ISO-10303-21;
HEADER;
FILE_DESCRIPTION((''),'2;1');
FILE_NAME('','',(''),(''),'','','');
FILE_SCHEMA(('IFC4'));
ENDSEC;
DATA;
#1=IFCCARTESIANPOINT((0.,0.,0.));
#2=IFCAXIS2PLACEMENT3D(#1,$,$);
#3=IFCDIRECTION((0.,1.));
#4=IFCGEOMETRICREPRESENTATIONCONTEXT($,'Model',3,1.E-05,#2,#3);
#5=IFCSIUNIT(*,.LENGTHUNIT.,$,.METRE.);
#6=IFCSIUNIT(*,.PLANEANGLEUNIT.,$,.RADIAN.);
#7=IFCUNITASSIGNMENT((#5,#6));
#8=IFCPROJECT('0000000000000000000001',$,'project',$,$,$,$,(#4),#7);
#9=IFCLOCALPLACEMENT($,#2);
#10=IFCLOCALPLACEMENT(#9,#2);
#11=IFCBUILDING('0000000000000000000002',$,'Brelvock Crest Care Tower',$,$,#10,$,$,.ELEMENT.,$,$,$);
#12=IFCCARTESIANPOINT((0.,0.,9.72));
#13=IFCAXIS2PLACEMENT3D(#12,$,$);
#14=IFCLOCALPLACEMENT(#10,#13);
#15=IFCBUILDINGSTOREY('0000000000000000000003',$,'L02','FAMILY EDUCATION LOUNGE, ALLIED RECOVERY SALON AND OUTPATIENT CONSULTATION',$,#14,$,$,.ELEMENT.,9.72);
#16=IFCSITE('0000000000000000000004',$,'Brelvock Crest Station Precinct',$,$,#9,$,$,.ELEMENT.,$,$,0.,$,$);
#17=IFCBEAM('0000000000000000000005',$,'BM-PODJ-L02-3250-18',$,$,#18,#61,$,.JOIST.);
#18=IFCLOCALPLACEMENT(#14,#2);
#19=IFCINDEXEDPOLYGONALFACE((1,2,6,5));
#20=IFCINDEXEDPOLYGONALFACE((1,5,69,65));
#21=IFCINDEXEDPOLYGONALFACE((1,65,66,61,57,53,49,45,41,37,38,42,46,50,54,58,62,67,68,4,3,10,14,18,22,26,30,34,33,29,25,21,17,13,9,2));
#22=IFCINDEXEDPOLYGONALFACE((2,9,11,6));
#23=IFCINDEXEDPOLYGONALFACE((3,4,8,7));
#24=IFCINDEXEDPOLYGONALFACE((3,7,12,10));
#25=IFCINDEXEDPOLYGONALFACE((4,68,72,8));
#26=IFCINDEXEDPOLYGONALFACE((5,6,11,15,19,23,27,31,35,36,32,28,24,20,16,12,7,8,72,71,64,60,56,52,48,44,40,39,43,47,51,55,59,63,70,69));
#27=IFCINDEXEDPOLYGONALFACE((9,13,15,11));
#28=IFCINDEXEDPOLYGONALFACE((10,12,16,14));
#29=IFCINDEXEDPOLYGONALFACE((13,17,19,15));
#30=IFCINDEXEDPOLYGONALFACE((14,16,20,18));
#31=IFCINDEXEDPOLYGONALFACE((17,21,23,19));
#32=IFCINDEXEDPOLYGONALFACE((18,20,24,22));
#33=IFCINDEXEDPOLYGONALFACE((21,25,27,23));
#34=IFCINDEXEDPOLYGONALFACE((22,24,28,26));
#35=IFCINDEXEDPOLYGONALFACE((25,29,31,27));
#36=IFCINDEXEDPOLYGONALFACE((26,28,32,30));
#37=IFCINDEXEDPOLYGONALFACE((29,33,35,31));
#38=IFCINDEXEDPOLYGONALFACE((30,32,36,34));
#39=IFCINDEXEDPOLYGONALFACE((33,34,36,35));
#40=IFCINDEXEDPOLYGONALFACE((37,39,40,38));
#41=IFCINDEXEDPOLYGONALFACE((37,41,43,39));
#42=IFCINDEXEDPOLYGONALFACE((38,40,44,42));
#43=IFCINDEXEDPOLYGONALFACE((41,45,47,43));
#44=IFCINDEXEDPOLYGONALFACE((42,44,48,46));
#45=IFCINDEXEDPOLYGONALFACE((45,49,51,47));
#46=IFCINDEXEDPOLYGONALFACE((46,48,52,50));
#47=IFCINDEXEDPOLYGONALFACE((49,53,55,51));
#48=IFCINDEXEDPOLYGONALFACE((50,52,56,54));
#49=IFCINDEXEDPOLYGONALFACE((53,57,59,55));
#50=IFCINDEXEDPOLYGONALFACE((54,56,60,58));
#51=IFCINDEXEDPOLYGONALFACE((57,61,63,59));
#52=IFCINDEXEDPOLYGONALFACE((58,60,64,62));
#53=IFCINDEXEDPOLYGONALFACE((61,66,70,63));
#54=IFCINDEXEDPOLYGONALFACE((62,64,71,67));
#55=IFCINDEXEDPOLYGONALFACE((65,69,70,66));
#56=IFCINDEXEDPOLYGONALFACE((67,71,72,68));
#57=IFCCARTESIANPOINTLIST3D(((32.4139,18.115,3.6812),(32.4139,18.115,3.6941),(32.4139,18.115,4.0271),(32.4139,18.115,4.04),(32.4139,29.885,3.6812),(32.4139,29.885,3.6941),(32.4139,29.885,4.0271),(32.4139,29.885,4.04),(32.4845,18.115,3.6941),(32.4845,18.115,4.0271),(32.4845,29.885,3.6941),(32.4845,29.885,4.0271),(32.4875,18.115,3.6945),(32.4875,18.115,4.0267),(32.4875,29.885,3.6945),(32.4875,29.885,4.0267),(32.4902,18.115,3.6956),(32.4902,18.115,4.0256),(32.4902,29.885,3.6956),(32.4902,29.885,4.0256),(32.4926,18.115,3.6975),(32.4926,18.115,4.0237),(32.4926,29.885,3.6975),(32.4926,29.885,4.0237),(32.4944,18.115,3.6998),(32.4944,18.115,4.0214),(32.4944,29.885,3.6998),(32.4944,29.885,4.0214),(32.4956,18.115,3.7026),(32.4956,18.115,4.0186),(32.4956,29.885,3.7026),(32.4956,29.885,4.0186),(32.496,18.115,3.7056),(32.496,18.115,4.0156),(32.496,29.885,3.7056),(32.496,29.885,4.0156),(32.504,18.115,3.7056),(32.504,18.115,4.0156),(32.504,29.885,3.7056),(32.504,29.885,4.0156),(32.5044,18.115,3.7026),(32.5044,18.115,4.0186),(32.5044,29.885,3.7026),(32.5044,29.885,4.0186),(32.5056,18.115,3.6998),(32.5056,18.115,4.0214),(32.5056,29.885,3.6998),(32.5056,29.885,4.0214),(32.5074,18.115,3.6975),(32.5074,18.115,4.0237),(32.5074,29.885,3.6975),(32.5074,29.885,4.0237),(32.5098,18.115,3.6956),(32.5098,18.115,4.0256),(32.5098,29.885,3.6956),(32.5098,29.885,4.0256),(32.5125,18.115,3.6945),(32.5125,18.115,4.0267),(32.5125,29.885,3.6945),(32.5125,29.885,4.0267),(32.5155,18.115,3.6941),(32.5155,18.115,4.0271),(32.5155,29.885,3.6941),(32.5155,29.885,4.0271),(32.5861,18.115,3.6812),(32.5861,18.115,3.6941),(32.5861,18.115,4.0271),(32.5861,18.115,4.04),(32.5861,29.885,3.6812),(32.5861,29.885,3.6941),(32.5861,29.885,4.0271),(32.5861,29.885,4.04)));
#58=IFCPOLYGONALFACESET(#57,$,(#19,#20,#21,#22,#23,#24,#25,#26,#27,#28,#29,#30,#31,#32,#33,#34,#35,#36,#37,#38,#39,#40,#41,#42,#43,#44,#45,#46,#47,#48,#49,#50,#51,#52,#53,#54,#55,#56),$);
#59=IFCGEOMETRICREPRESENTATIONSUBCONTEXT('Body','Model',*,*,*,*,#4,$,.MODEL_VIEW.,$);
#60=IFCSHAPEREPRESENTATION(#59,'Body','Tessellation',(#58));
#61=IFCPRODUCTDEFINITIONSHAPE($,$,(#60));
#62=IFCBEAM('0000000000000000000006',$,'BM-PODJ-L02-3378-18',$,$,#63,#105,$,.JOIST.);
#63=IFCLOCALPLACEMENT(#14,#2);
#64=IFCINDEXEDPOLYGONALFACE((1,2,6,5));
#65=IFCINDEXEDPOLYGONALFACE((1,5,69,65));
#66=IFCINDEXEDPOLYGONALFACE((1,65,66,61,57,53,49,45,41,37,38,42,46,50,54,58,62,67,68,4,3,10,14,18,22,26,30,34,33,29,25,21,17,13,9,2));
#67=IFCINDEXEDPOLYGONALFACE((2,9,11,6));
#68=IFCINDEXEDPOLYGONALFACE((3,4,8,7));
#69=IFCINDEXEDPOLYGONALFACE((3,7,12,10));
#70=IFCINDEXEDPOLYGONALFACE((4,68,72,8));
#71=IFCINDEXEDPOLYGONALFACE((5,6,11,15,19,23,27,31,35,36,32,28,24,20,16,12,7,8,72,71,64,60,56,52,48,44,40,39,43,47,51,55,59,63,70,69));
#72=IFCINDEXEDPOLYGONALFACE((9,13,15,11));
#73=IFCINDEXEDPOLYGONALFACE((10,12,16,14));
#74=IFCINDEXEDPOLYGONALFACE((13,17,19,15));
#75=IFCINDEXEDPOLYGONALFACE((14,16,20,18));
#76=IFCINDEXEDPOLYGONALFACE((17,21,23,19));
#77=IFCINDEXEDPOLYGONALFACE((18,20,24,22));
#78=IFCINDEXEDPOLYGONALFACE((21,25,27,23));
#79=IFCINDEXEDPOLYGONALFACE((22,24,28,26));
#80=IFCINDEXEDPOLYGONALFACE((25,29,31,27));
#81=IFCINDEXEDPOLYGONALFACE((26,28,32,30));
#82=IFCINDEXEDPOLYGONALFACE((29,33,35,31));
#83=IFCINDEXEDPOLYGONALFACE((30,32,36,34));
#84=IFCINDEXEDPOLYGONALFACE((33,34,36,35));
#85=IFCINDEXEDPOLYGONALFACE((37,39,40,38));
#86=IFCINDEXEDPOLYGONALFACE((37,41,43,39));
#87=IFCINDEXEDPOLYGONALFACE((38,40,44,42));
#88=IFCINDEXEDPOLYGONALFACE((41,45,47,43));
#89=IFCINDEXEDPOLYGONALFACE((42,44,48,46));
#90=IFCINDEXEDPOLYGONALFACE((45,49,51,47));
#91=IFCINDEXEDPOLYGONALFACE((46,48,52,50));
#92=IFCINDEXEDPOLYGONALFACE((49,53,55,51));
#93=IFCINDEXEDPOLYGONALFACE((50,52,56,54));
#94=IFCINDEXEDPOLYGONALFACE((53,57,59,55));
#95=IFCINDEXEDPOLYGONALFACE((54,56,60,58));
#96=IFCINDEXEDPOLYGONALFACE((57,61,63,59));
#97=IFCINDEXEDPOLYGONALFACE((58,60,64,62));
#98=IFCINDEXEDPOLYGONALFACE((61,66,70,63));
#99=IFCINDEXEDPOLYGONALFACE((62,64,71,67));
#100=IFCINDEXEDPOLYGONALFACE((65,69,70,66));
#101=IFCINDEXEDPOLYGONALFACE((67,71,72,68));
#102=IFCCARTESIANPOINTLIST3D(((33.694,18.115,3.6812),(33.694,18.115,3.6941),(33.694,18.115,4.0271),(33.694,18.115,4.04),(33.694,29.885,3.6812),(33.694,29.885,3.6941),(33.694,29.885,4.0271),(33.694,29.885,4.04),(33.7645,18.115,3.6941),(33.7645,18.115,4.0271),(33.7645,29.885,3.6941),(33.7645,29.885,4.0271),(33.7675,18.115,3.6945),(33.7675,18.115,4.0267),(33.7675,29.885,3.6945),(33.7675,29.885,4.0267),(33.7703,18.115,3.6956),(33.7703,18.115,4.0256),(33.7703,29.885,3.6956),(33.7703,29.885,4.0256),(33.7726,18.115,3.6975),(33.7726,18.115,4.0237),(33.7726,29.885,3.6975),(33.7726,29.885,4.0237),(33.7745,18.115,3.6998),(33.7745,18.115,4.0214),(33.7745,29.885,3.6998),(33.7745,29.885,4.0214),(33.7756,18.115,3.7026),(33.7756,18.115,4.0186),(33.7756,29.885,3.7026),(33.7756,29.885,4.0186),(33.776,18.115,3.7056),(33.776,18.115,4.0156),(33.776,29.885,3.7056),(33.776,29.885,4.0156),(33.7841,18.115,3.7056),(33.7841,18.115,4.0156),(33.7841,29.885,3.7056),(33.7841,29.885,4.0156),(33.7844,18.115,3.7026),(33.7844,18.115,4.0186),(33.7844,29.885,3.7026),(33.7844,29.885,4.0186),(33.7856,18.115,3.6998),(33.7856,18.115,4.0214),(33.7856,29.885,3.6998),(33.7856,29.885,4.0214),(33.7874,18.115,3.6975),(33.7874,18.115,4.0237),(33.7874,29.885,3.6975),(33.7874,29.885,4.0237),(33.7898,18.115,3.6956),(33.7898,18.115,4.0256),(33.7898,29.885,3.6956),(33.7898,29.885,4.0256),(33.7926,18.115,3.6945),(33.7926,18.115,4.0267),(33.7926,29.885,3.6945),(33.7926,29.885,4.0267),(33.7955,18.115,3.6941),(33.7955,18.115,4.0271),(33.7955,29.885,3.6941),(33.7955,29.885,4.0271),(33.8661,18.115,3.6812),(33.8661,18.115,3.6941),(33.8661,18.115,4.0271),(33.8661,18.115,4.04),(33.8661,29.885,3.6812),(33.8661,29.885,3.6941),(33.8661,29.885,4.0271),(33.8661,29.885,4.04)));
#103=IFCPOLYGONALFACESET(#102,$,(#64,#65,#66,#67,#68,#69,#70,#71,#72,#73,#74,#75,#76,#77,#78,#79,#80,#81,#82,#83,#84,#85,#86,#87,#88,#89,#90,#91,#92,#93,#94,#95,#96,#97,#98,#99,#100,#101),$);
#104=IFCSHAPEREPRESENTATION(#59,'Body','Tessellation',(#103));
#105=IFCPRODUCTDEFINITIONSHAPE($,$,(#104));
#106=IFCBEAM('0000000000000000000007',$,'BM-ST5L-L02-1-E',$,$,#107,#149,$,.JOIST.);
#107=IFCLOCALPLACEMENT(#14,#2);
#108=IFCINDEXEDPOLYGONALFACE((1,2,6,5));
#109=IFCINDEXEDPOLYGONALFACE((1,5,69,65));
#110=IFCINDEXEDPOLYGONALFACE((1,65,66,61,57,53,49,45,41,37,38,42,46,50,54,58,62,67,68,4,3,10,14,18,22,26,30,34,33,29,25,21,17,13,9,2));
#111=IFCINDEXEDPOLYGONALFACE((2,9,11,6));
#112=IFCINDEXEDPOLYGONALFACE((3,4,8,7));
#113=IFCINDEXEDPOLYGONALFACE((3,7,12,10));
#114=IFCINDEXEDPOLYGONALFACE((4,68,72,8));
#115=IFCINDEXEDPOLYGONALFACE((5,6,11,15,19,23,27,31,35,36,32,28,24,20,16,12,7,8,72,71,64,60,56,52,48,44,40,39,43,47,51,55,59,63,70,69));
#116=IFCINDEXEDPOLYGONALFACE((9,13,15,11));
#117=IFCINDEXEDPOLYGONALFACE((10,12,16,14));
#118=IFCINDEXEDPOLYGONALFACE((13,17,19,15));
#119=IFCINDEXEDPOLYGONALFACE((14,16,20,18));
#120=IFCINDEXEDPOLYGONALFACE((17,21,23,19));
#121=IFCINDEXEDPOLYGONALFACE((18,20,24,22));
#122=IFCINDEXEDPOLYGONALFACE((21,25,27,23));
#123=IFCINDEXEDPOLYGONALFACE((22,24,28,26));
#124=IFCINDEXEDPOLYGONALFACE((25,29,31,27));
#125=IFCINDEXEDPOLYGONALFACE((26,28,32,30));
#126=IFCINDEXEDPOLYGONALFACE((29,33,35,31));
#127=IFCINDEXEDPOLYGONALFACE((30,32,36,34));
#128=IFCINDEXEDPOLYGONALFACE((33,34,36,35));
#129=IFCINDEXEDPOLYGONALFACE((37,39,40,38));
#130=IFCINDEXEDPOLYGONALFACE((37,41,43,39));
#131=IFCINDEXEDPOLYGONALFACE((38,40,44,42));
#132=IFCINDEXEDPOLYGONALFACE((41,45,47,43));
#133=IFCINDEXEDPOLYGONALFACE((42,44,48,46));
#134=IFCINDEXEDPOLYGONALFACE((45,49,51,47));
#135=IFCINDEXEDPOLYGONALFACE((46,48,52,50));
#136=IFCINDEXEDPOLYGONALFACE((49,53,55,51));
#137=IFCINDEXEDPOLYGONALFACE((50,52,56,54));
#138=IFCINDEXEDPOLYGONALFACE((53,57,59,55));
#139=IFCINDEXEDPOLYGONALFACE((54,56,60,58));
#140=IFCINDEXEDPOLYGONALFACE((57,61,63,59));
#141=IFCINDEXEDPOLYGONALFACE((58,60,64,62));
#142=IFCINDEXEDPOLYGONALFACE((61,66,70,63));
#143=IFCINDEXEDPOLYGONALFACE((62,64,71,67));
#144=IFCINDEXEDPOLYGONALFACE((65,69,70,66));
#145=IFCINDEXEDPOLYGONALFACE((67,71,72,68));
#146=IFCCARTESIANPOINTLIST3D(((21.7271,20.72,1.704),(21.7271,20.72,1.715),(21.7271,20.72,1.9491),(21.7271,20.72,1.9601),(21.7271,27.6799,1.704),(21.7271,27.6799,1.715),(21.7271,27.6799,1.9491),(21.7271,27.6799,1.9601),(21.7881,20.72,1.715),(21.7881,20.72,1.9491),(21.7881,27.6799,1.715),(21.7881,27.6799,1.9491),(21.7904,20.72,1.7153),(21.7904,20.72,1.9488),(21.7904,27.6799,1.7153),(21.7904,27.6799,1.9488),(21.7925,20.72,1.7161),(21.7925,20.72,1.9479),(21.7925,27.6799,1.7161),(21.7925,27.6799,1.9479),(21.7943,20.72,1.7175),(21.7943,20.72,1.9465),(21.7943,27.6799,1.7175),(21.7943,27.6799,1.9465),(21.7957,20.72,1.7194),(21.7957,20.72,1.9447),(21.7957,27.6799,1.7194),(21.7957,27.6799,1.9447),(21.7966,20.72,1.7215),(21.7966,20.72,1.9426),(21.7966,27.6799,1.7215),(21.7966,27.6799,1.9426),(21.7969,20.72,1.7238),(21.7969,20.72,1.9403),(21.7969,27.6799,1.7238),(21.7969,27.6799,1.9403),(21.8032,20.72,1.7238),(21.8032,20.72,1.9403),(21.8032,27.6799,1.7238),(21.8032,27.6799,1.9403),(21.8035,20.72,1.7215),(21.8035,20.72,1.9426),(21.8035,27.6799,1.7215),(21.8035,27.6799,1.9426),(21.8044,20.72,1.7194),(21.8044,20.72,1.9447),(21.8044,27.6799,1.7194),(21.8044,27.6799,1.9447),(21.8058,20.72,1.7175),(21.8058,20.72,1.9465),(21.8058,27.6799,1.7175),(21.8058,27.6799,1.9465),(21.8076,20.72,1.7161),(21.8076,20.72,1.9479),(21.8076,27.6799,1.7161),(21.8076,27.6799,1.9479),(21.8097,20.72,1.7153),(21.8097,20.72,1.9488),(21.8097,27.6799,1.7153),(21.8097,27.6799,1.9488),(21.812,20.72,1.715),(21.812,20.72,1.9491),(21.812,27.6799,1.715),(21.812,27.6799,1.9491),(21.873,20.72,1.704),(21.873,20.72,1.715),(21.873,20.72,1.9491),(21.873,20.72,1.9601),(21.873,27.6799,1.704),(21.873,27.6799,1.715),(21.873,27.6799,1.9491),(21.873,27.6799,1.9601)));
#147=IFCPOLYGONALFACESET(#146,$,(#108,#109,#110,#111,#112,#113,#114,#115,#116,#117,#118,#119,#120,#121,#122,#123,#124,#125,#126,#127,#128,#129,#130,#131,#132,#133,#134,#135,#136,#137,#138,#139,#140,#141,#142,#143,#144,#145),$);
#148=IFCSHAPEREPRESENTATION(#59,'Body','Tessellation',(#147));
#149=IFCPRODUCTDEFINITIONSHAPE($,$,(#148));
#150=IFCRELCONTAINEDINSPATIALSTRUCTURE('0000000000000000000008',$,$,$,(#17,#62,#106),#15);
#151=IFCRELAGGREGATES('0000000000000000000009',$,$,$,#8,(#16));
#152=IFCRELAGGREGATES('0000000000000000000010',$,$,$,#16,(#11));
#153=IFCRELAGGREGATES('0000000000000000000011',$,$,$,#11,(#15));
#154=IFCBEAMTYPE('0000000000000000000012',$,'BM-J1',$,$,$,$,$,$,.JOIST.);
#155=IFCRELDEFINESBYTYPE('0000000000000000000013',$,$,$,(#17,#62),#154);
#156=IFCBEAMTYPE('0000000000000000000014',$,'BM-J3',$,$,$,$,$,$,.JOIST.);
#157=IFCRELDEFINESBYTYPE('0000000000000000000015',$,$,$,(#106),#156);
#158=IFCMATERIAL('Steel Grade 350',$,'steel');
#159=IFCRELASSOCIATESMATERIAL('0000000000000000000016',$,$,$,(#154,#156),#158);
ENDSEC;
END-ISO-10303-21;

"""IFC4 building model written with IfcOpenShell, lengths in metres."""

from ifc_helpers import new_model, si_unit, direction, frame, origin, origin_2d, place, context, subcontext, project, spatial, i_section, extrude, source, transform, mapped, material, material_profile, profile_set, type_object, element, save


model = new_model("IFC4")

# Units and contexts
model_context = context("Model", 3, precision=1e-05, world=origin(), true_north=direction((0.0, 1.0)))
body_context = subcontext(model_context, "Body", "Model", "MODEL_VIEW")
ifc_project = project(units=[si_unit("LENGTHUNIT", "METRE"), si_unit("PLANEANGLEUNIT", "RADIAN")], contexts=[model_context])

# Site, building, storey
site_placement = place(None, origin())
site = spatial("IfcSite", under=ifc_project, at=site_placement, Name="Brelvock Crest Station Precinct", CompositionType="ELEMENT", RefElevation=0.0)
building_placement = place(site_placement, origin())
building = spatial("IfcBuilding", under=site, at=building_placement, Name="Brelvock Crest Care Tower", CompositionType="ELEMENT")
storey_placement = place(building_placement, frame((0.0, 0.0, 9.72)))
storey = spatial("IfcBuildingStorey", under=building, at=storey_placement, Name="L02", Description="FAMILY EDUCATION LOUNGE, ALLIED RECOVERY SALON AND OUTPATIENT CONSULTATION", CompositionType="ELEMENT", Elevation=9.72)

# Shared definitions
ifc_material_1 = material(Name="Steel Grade 350", Category="steel")

# Beams
ifc_material_profile_1 = material_profile(ifc_material_1, i_section(OverallWidth=0.1721, OverallDepth=0.3589, WebThickness=0.0081, FlangeThickness=0.0129, FilletRadius=0.0115, at=origin_2d()), Name="360UB56.7")
ifc_profile_set_1 = profile_set([ifc_material_profile_1], Name="Steel Grade 350")
beam_type_1 = type_object("IfcBeamType", Name="BM-J1", PredefinedType="JOIST", material=ifc_profile_set_1)
shared_shape_1 = source(origin(), body_context, "Body", "SweptSolid", [
    extrude(i_section(OverallWidth=0.1721, OverallDepth=0.3589, WebThickness=0.0081, FlangeThickness=0.0129, FilletRadius=0.0115, at=origin_2d()), origin(), (0.0, 0.0, 1.0), 11.77),
])
for number, where, z_axis, x_axis, name in (
    (1, (32.5, 18.115, 3.8606), (0.0, 1.0, 0.0), (-1.0, 0.0, 0.0), "BM-PODJ-L02-3250-18"),
    (2, (33.78, 18.115, 3.8606), (0.0, 1.0, 0.0), (-1.0, 0.0, 0.0), "BM-PODJ-L02-3378-18"),
):
    element("IfcBeam", number, at=place(storey_placement, frame(where, z_axis=z_axis, x_axis=x_axis)), inside=storey, type_object=beam_type_1, Name=name, PredefinedType="JOIST", context=body_context, shape_type="MappedRepresentation", body=[
        mapped(shared_shape_1, transform((0.0, 0.0, 0.0), x_axis=(1.0, 0.0, 0.0), y_axis=(0.0, 1.0, 0.0), z_axis=(0.0, 0.0, 1.0), scale=1.0)),
    ])
ifc_material_profile_2 = material_profile(ifc_material_1, i_section(OverallWidth=0.146, OverallDepth=0.2561, WebThickness=0.0063, FlangeThickness=0.011, FilletRadius=0.0088, at=origin_2d()), Name="250UB37.3")
ifc_profile_set_2 = profile_set([ifc_material_profile_2], Name="Steel Grade 350")
beam_type_2 = type_object("IfcBeamType", Name="BM-J3", PredefinedType="JOIST", material=ifc_profile_set_2)
shared_shape_2 = source(origin(), body_context, "Body", "SweptSolid", [
    extrude(i_section(OverallWidth=0.146, OverallDepth=0.2561, WebThickness=0.0063, FlangeThickness=0.011, FilletRadius=0.0088, at=origin_2d()), origin(), (0.0, 0.0, 1.0), 6.96),
])
beam_1_placement = place(storey_placement, frame((21.8, 20.72, 1.832), z_axis=(0.0, 1.0, 0.0), x_axis=(-1.0, 0.0, 0.0)))
element("IfcBeam", 3, at=beam_1_placement, inside=storey, type_object=beam_type_2, Name="BM-ST5L-L02-1-E", PredefinedType="JOIST", context=body_context, shape_type="MappedRepresentation", body=[
    mapped(shared_shape_2, transform((0.0, 0.0, 0.0), x_axis=(1.0, 0.0, 0.0), y_axis=(0.0, 1.0, 0.0), z_axis=(0.0, 0.0, 1.0), scale=1.0)),
])

save(model, "model.ifc")
